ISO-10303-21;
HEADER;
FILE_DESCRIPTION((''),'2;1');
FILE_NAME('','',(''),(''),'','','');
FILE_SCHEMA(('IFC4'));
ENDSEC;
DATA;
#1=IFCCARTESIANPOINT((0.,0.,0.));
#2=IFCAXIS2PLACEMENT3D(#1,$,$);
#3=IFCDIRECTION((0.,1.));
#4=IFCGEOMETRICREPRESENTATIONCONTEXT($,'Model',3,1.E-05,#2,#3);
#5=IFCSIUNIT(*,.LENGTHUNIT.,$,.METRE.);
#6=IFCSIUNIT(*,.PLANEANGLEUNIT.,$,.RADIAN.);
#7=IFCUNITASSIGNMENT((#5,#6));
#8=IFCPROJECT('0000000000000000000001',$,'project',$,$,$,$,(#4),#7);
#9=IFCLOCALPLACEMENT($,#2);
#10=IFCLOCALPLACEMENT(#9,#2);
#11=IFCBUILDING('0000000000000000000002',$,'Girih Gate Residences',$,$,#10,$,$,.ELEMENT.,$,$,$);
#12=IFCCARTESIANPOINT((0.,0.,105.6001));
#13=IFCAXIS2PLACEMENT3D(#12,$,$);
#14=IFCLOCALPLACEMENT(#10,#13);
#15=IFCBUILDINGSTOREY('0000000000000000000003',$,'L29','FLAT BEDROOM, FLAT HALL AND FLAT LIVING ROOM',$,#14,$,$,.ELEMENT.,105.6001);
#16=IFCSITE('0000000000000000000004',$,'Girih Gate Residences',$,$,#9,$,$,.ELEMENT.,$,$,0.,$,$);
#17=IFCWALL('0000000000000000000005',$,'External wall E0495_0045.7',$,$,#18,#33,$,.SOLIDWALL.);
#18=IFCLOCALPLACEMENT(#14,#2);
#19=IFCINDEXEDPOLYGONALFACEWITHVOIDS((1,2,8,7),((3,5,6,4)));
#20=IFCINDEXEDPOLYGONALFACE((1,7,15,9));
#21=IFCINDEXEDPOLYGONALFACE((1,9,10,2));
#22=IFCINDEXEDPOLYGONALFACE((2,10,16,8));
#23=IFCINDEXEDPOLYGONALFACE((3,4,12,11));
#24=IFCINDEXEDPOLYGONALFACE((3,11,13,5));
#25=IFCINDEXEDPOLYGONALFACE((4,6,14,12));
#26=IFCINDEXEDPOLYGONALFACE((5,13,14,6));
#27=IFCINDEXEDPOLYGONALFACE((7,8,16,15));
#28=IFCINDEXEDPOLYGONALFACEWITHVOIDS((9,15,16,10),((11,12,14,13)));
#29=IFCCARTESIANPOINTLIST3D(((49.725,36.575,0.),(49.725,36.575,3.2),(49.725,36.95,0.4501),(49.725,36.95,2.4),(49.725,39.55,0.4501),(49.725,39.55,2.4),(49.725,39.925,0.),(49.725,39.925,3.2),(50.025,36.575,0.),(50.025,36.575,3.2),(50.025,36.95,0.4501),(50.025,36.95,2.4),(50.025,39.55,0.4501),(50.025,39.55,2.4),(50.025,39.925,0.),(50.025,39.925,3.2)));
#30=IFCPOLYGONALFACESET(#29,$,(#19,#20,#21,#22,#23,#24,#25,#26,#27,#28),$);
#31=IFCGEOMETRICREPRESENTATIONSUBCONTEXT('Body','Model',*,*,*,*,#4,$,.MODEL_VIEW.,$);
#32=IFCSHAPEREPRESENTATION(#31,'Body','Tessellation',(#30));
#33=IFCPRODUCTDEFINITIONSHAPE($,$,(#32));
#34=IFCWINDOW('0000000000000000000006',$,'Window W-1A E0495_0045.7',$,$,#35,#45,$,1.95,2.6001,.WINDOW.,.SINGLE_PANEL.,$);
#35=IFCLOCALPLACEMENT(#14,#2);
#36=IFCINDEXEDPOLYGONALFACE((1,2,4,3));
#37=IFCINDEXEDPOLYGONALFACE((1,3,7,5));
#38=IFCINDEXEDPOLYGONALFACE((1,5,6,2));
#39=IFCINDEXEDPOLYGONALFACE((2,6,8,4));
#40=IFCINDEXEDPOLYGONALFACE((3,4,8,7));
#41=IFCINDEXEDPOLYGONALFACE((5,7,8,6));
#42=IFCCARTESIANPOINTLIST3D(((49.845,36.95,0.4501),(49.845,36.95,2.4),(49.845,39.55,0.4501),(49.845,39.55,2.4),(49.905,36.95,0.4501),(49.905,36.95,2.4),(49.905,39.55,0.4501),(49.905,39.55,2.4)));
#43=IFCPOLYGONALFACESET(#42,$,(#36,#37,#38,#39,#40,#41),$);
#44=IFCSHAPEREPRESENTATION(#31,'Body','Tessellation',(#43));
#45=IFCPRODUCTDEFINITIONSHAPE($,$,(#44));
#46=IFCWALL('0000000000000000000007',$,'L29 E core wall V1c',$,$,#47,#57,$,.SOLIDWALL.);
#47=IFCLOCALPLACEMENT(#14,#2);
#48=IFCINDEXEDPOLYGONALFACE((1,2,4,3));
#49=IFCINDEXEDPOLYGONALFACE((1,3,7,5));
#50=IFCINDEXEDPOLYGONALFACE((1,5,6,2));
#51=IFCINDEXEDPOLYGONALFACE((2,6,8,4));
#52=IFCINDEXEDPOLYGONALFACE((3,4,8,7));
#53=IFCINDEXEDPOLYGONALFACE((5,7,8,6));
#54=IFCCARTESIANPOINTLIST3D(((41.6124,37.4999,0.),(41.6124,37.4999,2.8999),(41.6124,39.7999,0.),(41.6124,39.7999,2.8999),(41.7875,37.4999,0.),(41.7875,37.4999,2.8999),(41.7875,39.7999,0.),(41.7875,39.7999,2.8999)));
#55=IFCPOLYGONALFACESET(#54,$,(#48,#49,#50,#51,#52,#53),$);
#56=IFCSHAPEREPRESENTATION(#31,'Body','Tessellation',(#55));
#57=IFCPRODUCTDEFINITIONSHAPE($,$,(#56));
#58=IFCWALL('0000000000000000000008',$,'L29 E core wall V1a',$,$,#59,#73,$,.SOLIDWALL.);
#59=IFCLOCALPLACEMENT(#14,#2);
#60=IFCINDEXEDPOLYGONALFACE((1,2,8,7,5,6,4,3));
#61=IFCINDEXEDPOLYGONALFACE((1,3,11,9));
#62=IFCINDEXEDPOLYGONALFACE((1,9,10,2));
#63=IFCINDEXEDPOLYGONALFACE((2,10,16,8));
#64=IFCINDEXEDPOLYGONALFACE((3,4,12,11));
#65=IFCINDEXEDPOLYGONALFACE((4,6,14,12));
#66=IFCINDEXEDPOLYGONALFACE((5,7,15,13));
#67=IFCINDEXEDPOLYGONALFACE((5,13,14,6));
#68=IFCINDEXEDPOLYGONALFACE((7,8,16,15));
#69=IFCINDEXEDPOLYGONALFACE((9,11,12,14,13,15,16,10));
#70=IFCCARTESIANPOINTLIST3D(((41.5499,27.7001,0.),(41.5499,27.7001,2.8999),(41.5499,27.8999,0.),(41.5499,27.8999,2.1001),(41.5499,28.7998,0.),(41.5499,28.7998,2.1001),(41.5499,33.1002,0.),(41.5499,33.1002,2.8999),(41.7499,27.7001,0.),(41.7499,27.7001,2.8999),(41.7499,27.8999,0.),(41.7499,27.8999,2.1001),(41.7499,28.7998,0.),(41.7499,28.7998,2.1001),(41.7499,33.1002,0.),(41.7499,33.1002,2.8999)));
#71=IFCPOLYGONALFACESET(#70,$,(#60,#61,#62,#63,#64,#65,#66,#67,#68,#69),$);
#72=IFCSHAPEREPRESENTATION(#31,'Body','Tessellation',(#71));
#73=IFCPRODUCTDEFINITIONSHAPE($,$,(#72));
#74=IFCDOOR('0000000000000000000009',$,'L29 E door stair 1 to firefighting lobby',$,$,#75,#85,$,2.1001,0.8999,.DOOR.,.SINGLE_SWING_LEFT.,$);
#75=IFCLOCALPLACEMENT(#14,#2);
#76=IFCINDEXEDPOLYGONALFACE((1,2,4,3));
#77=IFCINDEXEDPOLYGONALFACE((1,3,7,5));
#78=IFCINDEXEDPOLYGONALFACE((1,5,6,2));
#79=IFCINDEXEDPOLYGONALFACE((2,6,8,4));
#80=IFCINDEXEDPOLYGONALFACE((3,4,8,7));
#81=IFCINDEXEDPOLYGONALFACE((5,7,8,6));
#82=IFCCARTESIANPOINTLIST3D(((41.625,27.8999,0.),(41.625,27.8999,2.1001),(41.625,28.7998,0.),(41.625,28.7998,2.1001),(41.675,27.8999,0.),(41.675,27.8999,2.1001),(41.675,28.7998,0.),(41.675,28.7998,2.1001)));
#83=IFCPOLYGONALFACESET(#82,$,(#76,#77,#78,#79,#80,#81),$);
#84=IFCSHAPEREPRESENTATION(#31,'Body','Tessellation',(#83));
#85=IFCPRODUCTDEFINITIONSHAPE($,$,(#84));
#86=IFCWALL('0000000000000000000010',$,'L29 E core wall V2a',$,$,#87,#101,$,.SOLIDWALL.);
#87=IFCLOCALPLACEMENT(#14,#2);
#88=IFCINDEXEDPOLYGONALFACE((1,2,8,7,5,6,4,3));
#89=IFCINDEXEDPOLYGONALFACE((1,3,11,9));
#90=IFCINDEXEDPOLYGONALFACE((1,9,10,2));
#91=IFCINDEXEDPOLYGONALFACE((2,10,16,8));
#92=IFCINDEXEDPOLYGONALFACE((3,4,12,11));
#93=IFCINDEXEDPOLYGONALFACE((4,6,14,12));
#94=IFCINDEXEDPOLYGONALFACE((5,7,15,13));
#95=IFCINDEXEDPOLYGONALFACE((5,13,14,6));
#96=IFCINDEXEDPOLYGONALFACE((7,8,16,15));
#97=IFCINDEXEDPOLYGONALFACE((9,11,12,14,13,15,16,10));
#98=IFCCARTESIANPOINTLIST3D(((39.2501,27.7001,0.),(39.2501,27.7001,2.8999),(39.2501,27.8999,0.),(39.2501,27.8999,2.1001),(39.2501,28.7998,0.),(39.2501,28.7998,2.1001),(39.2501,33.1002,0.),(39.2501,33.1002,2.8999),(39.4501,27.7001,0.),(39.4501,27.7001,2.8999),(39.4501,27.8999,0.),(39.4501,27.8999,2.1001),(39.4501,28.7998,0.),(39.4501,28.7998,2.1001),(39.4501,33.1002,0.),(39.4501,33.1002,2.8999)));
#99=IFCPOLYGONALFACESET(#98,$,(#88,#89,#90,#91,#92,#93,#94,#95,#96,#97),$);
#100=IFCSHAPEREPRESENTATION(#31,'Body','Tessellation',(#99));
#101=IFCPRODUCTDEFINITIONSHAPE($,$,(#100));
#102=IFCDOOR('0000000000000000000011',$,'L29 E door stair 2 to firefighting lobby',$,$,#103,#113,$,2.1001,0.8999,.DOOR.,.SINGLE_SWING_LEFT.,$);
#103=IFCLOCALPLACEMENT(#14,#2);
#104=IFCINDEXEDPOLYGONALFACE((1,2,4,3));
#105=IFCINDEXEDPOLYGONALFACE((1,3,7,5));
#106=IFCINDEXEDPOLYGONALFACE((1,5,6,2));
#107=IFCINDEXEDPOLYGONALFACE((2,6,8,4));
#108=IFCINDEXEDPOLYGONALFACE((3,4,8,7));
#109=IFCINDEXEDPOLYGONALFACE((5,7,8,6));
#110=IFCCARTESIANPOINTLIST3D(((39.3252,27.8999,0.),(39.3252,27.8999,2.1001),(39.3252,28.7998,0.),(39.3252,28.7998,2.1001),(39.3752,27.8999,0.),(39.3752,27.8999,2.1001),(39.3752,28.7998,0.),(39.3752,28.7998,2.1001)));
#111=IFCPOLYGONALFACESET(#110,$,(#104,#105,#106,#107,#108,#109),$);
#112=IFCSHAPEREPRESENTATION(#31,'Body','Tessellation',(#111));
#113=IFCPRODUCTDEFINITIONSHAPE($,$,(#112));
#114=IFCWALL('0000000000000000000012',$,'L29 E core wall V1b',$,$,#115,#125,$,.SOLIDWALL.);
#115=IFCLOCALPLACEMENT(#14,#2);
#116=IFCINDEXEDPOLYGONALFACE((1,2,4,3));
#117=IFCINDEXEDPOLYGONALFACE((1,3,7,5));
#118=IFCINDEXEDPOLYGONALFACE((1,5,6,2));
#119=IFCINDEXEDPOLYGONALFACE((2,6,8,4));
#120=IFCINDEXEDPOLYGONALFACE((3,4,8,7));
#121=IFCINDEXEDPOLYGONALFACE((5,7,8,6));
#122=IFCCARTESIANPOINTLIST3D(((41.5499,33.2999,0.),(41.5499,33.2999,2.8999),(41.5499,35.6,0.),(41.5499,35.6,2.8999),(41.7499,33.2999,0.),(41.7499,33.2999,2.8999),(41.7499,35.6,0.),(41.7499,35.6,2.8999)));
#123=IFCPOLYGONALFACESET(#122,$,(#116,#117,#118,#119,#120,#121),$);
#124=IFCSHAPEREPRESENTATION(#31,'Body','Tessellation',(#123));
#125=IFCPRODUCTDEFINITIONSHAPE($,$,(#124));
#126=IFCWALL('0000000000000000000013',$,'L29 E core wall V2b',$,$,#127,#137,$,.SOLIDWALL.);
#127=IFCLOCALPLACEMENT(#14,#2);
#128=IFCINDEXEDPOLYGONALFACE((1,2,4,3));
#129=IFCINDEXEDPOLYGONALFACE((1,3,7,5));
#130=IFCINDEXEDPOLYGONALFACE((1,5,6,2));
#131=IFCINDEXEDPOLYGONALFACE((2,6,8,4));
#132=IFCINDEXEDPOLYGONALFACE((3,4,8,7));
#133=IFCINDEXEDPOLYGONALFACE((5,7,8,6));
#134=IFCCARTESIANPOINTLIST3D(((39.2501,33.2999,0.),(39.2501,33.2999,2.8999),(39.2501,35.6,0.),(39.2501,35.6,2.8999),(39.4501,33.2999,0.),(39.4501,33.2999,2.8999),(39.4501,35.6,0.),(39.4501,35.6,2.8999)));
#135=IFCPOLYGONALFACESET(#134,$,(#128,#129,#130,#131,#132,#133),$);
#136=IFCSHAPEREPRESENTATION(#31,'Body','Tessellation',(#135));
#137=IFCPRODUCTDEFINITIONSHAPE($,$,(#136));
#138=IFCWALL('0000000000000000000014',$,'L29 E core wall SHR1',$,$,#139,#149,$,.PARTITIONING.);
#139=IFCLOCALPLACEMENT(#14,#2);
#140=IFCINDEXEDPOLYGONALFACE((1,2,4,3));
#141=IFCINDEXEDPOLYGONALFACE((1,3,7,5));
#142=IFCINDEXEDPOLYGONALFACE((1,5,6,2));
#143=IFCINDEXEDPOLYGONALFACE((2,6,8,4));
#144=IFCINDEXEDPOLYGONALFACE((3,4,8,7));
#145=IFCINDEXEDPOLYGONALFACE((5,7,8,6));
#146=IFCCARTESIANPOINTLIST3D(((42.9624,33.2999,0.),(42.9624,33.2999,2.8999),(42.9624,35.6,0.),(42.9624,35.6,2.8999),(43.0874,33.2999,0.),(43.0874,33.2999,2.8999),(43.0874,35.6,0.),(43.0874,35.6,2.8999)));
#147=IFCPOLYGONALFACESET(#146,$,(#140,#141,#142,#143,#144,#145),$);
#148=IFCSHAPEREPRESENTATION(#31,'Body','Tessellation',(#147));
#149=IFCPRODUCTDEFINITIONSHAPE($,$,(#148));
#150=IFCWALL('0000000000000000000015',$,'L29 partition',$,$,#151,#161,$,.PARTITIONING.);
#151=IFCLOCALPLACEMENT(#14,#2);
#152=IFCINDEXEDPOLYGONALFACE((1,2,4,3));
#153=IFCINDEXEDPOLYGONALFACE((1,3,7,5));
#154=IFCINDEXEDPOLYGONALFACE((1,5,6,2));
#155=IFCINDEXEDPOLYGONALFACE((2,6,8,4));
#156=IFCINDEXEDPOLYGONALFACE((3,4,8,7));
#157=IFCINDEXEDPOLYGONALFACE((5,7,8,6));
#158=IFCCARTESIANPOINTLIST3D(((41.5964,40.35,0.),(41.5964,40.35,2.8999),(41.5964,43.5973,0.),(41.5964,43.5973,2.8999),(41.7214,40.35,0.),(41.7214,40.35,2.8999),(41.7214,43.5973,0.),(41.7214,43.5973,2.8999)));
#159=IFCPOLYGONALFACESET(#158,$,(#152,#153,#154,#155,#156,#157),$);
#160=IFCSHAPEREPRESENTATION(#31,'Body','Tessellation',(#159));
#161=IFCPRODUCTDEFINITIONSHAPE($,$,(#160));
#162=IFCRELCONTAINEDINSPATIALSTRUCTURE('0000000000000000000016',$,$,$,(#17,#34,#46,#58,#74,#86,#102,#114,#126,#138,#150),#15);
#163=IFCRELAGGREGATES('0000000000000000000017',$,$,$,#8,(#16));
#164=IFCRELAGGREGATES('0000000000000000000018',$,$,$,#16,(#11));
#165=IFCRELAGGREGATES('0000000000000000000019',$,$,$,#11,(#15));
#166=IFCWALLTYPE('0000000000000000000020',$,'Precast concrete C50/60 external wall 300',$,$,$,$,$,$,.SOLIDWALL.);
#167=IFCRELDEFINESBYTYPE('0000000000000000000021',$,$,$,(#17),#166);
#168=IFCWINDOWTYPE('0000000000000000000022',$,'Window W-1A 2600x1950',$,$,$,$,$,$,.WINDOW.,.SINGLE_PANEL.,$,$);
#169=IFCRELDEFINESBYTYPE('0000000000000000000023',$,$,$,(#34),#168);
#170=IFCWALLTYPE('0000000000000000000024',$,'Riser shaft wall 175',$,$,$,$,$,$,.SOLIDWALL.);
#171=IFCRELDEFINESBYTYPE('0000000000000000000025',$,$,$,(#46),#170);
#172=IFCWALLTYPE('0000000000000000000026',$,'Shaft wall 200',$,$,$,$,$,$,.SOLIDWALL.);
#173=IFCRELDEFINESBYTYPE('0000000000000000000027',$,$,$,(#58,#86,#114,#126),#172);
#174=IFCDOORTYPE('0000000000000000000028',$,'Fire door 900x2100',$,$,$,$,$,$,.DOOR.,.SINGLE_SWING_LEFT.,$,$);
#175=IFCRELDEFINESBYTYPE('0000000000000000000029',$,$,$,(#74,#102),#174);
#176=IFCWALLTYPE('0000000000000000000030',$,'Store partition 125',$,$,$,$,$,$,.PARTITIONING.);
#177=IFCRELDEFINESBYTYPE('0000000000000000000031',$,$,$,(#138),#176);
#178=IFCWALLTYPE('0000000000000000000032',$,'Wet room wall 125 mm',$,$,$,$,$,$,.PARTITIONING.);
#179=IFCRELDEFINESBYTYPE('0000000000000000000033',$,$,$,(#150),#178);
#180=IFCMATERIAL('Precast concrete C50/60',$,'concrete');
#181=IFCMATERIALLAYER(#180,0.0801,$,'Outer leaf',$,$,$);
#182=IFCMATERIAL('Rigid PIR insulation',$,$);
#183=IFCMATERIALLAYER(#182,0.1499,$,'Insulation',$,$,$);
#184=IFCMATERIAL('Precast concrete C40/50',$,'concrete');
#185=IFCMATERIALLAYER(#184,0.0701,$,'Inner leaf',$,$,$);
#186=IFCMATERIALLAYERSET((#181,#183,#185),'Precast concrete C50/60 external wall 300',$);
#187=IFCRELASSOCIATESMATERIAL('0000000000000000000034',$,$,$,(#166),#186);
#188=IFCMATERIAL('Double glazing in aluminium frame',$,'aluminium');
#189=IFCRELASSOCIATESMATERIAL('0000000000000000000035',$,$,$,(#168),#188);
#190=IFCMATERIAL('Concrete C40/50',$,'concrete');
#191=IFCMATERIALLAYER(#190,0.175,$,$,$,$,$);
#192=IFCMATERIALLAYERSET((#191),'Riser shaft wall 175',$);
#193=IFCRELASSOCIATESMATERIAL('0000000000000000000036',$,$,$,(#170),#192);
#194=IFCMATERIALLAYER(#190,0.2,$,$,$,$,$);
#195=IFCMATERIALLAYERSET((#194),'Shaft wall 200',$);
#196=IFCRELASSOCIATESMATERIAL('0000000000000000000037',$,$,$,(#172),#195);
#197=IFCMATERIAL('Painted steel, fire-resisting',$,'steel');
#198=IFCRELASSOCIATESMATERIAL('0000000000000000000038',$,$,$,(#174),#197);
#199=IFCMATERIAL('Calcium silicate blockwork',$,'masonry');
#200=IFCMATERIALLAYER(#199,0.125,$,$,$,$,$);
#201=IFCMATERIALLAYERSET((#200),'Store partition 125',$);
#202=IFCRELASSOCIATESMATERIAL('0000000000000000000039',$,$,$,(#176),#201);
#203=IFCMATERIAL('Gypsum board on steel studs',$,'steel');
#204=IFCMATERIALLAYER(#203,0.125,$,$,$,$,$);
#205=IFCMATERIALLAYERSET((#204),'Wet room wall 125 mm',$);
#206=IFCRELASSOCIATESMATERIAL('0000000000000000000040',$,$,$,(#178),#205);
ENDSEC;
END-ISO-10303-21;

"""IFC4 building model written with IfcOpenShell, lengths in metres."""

from ifc_helpers import new_model, si_unit, direction, frame, frame_2d, origin, place, context, subcontext, project, spatial, rectangle, extrude, material, layer, layer_set, type_object, element, fill, save


model = new_model("IFC4")

# Units and contexts
model_context = context("Model", 3, precision=1e-05, world=origin(), true_north=direction((0.0, 1.0)))
body_context = subcontext(model_context, "Body", "Model", "MODEL_VIEW")
ifc_project = project(units=[si_unit("LENGTHUNIT", "METRE"), si_unit("PLANEANGLEUNIT", "RADIAN")], contexts=[model_context])

# Site, building, storey
site_placement = place(None, origin())
site = spatial("IfcSite", under=ifc_project, at=site_placement, Name="Girih Gate Residences", CompositionType="ELEMENT", RefElevation=0.0)
building_placement = place(site_placement, origin())
building = spatial("IfcBuilding", under=site, at=building_placement, Name="Girih Gate Residences", CompositionType="ELEMENT")
storey_placement = place(building_placement, frame((0.0, 0.0, 105.6001)))
storey = spatial("IfcBuildingStorey", under=building, at=storey_placement, Name="L29", Description="FLAT BEDROOM, FLAT HALL AND FLAT LIVING ROOM", CompositionType="ELEMENT", Elevation=105.6001)

# Shared definitions
ifc_material_1 = material(Name="Gypsum board on steel studs", Category="steel")

# Wall, opening, window
ifc_material_2 = material(Name="Precast concrete C50/60", Category="concrete")
ifc_layer_1 = layer(ifc_material_2, 0.0801, Name="Outer leaf")
ifc_material_3 = material(Name="Rigid PIR insulation")
ifc_layer_2 = layer(ifc_material_3, 0.1499, Name="Insulation")
ifc_material_4 = material(Name="Precast concrete C40/50", Category="concrete")
ifc_layer_3 = layer(ifc_material_4, 0.0701, Name="Inner leaf")
ifc_layer_set_1 = layer_set([ifc_layer_1, ifc_layer_2, ifc_layer_3], Name="Precast concrete C50/60 external wall 300")
wall_type_1 = type_object("IfcWallType", Name="Precast concrete C50/60 external wall 300", PredefinedType="SOLIDWALL", material=ifc_layer_set_1)
ifc_material_5 = material(Name="Double glazing in aluminium frame", Category="aluminium")
window_type = type_object("IfcWindowType", Name="Window W-1A 2600x1950", PartitioningType="SINGLE_PANEL", PredefinedType="WINDOW", material=ifc_material_5)
wall_1_placement = place(storey_placement, frame((49.875, 39.925, 0.0), z_axis=(0.0, 0.0, 1.0), x_axis=(0.0, -1.0, 0.0)))
wall_1 = element("IfcWall", 1, at=wall_1_placement, inside=storey, type_object=wall_type_1, Name="External wall E0495_0045.7", PredefinedType="SOLIDWALL", context=body_context, shape_type="SweptSolid", body=[
    extrude(rectangle(XDim=3.3501, YDim=0.3, at=frame_2d((1.675, 0.0))), origin(), (0.0, 0.0, 1.0), 3.2),
])
opening_1_placement = place(wall_1_placement, frame((0.375, 0.0, 0.45)))
opening_1 = element("IfcOpeningElement", 2, at=opening_1_placement, cuts=wall_1, PredefinedType="OPENING", context=body_context, shape_type="SweptSolid", body=[
    extrude(rectangle(XDim=2.6001, YDim=1.95, at=frame_2d((1.3, 0.9751))), frame((0.0, 0.1599, 0.0), z_axis=(0.0, -1.0, 0.0), x_axis=(1.0, 0.0, 0.0)), (0.0, 0.0, 1.0), 0.3201),
])
window_1_placement = place(opening_1_placement, origin())
window_1 = element("IfcWindow", 3, at=window_1_placement, inside=storey, type_object=window_type, Name="Window W-1A E0495_0045.7", OverallHeight=1.95, OverallWidth=2.6001, PartitioningType="SINGLE_PANEL", PredefinedType="WINDOW", context=body_context, shape_type="SweptSolid", body=[
    extrude(rectangle(XDim=2.6001, YDim=1.95, at=frame_2d((1.3, 0.9751))), frame((0.0, 0.03, 0.0), z_axis=(0.0, -1.0, 0.0), x_axis=(1.0, 0.0, 0.0)), (0.0, 0.0, 1.0), 0.0601),
])
fill(opening_1, window_1)

# Wall
ifc_material_6 = material(Name="Concrete C40/50", Category="concrete")
ifc_layer_4 = layer(ifc_material_6, 0.175)
ifc_layer_set_2 = layer_set([ifc_layer_4], Name="Riser shaft wall 175")
wall_type_2 = type_object("IfcWallType", Name="Riser shaft wall 175", PredefinedType="SOLIDWALL", material=ifc_layer_set_2)
wall_2_placement = place(storey_placement, frame((41.7, 37.5, 0.0), z_axis=(0.0, 0.0, 1.0), x_axis=(0.0, 1.0, 0.0)))
element("IfcWall", 4, at=wall_2_placement, inside=storey, type_object=wall_type_2, Name="L29 E core wall V1c", PredefinedType="SOLIDWALL", context=body_context, shape_type="SweptSolid", body=[
    extrude(rectangle(XDim=2.3, YDim=0.175, at=frame_2d((1.1499, 0.0))), origin(), (0.0, 0.0, 1.0), 2.8999),
])

# Walls, openings, doors
ifc_layer_5 = layer(ifc_material_6, 0.2)
ifc_layer_set_3 = layer_set([ifc_layer_5], Name="Shaft wall 200")
wall_type_3 = type_object("IfcWallType", Name="Shaft wall 200", PredefinedType="SOLIDWALL", material=ifc_layer_set_3)
wall_3_placement = place(storey_placement, frame((41.6499, 27.7, 0.0), z_axis=(0.0, 0.0, 1.0), x_axis=(0.0, 1.0, 0.0)))
wall_3 = element("IfcWall", 5, at=wall_3_placement, inside=storey, type_object=wall_type_3, Name="L29 E core wall V1a", PredefinedType="SOLIDWALL", context=body_context, shape_type="SweptSolid", body=[
    extrude(rectangle(XDim=5.4001, YDim=0.2, at=frame_2d((2.7002, 0.0))), origin(), (0.0, 0.0, 1.0), 2.8999),
])
opening_2_placement = place(wall_3_placement, frame((0.2, 0.0, 0.0)))
opening_2 = element("IfcOpeningElement", 6, at=opening_2_placement, cuts=wall_3, PredefinedType="OPENING", context=body_context, shape_type="SweptSolid", body=[
    extrude(rectangle(XDim=0.8999, YDim=2.1001, at=frame_2d((0.45, 1.05))), frame((0.0, 0.1099, 0.0), z_axis=(0.0, -1.0, 0.0), x_axis=(1.0, 0.0, 0.0)), (0.0, 0.0, 1.0), 0.22),
])
ifc_material_7 = material(Name="Painted steel, fire-resisting", Category="steel")
door_type = type_object("IfcDoorType", Name="Fire door 900x2100", OperationType="SINGLE_SWING_LEFT", PredefinedType="DOOR", material=ifc_material_7)
door_1_placement = place(opening_2_placement, origin())
door_1 = element("IfcDoor", 7, at=door_1_placement, inside=storey, type_object=door_type, Name="L29 E door stair 1 to firefighting lobby", OperationType="SINGLE_SWING_LEFT", OverallHeight=2.1001, OverallWidth=0.8999, PredefinedType="DOOR", context=body_context, shape_type="SweptSolid", body=[
    extrude(rectangle(XDim=0.8999, YDim=2.1001, at=frame_2d((0.45, 1.05))), frame((0.0, 0.0249, 0.0), z_axis=(0.0, -1.0, 0.0), x_axis=(1.0, 0.0, 0.0)), (0.0, 0.0, 1.0), 0.05),
])
fill(opening_2, door_1)
wall_4_placement = place(storey_placement, frame((39.3501, 27.7, 0.0), z_axis=(0.0, 0.0, 1.0), x_axis=(0.0, 1.0, 0.0)))
wall_4 = element("IfcWall", 8, at=wall_4_placement, inside=storey, type_object=wall_type_3, Name="L29 E core wall V2a", PredefinedType="SOLIDWALL", context=body_context, shape_type="SweptSolid", body=[
    extrude(rectangle(XDim=5.4001, YDim=0.2, at=frame_2d((2.7002, 0.0))), origin(), (0.0, 0.0, 1.0), 2.8999),
])
opening_3_placement = place(wall_4_placement, frame((0.2, 0.0, 0.0)))
opening_3 = element("IfcOpeningElement", 9, at=opening_3_placement, cuts=wall_4, PredefinedType="OPENING", context=body_context, shape_type="SweptSolid", body=[
    extrude(rectangle(XDim=0.8999, YDim=2.1001, at=frame_2d((0.45, 1.05))), frame((0.0, 0.1099, 0.0), z_axis=(0.0, -1.0, 0.0), x_axis=(1.0, 0.0, 0.0)), (0.0, 0.0, 1.0), 0.22),
])
door_2_placement = place(opening_3_placement, origin())
door_2 = element("IfcDoor", 10, at=door_2_placement, inside=storey, type_object=door_type, Name="L29 E door stair 2 to firefighting lobby", OperationType="SINGLE_SWING_LEFT", OverallHeight=2.1001, OverallWidth=0.8999, PredefinedType="DOOR", context=body_context, shape_type="SweptSolid", body=[
    extrude(rectangle(XDim=0.8999, YDim=2.1001, at=frame_2d((0.45, 1.05))), frame((0.0, 0.0249, 0.0), z_axis=(0.0, -1.0, 0.0), x_axis=(1.0, 0.0, 0.0)), (0.0, 0.0, 1.0), 0.05),
])
fill(opening_3, door_2)

# Walls
for number, where, z_axis, x_axis, name in (
    (11, (41.6499, 33.3, 0.0), (0.0, 0.0, 1.0), (0.0, 1.0, 0.0), "L29 E core wall V1b"),
    (12, (39.3501, 33.3, 0.0), (0.0, 0.0, 1.0), (0.0, 1.0, 0.0), "L29 E core wall V2b"),
):
    element("IfcWall", number, at=place(storey_placement, frame(where, z_axis=z_axis, x_axis=x_axis)), inside=storey, type_object=wall_type_3, Name=name, PredefinedType="SOLIDWALL", context=body_context, shape_type="SweptSolid", body=[
        extrude(rectangle(XDim=2.3, YDim=0.2, at=frame_2d((1.1499, 0.0))), origin(), (0.0, 0.0, 1.0), 2.8999),
    ])
ifc_material_8 = material(Name="Calcium silicate blockwork", Category="masonry")
ifc_layer_6 = layer(ifc_material_8, 0.125)
ifc_layer_set_4 = layer_set([ifc_layer_6], Name="Store partition 125")
wall_type_4 = type_object("IfcWallType", Name="Store partition 125", PredefinedType="PARTITIONING", material=ifc_layer_set_4)
wall_5_placement = place(storey_placement, frame((43.0249, 33.3, 0.0), z_axis=(0.0, 0.0, 1.0), x_axis=(0.0, 1.0, 0.0)))
element("IfcWall", 13, at=wall_5_placement, inside=storey, type_object=wall_type_4, Name="L29 E core wall SHR1", PredefinedType="PARTITIONING", context=body_context, shape_type="SweptSolid", body=[
    extrude(rectangle(XDim=2.3, YDim=0.125, at=frame_2d((1.1499, 0.0))), origin(), (0.0, 0.0, 1.0), 2.8999),
])
ifc_layer_7 = layer(ifc_material_1, 0.125)
ifc_layer_set_5 = layer_set([ifc_layer_7], Name="Wet room wall 125 mm")
wall_type_5 = type_object("IfcWallType", Name="Wet room wall 125 mm", PredefinedType="PARTITIONING", material=ifc_layer_set_5)
wall_6_placement = place(storey_placement, frame((41.6589, 40.3501, 0.0), z_axis=(0.0, 0.0, 1.0), x_axis=(0.0, 1.0, 0.0)))
element("IfcWall", 14, at=wall_6_placement, inside=storey, type_object=wall_type_5, Name="L29 partition", PredefinedType="PARTITIONING", context=body_context, shape_type="SweptSolid", body=[
    extrude(rectangle(XDim=3.2473, YDim=0.125, at=frame_2d((1.6235, 0.0))), origin(), (0.0, 0.0, 1.0), 2.8999),
])

save(model, "model.ifc")
